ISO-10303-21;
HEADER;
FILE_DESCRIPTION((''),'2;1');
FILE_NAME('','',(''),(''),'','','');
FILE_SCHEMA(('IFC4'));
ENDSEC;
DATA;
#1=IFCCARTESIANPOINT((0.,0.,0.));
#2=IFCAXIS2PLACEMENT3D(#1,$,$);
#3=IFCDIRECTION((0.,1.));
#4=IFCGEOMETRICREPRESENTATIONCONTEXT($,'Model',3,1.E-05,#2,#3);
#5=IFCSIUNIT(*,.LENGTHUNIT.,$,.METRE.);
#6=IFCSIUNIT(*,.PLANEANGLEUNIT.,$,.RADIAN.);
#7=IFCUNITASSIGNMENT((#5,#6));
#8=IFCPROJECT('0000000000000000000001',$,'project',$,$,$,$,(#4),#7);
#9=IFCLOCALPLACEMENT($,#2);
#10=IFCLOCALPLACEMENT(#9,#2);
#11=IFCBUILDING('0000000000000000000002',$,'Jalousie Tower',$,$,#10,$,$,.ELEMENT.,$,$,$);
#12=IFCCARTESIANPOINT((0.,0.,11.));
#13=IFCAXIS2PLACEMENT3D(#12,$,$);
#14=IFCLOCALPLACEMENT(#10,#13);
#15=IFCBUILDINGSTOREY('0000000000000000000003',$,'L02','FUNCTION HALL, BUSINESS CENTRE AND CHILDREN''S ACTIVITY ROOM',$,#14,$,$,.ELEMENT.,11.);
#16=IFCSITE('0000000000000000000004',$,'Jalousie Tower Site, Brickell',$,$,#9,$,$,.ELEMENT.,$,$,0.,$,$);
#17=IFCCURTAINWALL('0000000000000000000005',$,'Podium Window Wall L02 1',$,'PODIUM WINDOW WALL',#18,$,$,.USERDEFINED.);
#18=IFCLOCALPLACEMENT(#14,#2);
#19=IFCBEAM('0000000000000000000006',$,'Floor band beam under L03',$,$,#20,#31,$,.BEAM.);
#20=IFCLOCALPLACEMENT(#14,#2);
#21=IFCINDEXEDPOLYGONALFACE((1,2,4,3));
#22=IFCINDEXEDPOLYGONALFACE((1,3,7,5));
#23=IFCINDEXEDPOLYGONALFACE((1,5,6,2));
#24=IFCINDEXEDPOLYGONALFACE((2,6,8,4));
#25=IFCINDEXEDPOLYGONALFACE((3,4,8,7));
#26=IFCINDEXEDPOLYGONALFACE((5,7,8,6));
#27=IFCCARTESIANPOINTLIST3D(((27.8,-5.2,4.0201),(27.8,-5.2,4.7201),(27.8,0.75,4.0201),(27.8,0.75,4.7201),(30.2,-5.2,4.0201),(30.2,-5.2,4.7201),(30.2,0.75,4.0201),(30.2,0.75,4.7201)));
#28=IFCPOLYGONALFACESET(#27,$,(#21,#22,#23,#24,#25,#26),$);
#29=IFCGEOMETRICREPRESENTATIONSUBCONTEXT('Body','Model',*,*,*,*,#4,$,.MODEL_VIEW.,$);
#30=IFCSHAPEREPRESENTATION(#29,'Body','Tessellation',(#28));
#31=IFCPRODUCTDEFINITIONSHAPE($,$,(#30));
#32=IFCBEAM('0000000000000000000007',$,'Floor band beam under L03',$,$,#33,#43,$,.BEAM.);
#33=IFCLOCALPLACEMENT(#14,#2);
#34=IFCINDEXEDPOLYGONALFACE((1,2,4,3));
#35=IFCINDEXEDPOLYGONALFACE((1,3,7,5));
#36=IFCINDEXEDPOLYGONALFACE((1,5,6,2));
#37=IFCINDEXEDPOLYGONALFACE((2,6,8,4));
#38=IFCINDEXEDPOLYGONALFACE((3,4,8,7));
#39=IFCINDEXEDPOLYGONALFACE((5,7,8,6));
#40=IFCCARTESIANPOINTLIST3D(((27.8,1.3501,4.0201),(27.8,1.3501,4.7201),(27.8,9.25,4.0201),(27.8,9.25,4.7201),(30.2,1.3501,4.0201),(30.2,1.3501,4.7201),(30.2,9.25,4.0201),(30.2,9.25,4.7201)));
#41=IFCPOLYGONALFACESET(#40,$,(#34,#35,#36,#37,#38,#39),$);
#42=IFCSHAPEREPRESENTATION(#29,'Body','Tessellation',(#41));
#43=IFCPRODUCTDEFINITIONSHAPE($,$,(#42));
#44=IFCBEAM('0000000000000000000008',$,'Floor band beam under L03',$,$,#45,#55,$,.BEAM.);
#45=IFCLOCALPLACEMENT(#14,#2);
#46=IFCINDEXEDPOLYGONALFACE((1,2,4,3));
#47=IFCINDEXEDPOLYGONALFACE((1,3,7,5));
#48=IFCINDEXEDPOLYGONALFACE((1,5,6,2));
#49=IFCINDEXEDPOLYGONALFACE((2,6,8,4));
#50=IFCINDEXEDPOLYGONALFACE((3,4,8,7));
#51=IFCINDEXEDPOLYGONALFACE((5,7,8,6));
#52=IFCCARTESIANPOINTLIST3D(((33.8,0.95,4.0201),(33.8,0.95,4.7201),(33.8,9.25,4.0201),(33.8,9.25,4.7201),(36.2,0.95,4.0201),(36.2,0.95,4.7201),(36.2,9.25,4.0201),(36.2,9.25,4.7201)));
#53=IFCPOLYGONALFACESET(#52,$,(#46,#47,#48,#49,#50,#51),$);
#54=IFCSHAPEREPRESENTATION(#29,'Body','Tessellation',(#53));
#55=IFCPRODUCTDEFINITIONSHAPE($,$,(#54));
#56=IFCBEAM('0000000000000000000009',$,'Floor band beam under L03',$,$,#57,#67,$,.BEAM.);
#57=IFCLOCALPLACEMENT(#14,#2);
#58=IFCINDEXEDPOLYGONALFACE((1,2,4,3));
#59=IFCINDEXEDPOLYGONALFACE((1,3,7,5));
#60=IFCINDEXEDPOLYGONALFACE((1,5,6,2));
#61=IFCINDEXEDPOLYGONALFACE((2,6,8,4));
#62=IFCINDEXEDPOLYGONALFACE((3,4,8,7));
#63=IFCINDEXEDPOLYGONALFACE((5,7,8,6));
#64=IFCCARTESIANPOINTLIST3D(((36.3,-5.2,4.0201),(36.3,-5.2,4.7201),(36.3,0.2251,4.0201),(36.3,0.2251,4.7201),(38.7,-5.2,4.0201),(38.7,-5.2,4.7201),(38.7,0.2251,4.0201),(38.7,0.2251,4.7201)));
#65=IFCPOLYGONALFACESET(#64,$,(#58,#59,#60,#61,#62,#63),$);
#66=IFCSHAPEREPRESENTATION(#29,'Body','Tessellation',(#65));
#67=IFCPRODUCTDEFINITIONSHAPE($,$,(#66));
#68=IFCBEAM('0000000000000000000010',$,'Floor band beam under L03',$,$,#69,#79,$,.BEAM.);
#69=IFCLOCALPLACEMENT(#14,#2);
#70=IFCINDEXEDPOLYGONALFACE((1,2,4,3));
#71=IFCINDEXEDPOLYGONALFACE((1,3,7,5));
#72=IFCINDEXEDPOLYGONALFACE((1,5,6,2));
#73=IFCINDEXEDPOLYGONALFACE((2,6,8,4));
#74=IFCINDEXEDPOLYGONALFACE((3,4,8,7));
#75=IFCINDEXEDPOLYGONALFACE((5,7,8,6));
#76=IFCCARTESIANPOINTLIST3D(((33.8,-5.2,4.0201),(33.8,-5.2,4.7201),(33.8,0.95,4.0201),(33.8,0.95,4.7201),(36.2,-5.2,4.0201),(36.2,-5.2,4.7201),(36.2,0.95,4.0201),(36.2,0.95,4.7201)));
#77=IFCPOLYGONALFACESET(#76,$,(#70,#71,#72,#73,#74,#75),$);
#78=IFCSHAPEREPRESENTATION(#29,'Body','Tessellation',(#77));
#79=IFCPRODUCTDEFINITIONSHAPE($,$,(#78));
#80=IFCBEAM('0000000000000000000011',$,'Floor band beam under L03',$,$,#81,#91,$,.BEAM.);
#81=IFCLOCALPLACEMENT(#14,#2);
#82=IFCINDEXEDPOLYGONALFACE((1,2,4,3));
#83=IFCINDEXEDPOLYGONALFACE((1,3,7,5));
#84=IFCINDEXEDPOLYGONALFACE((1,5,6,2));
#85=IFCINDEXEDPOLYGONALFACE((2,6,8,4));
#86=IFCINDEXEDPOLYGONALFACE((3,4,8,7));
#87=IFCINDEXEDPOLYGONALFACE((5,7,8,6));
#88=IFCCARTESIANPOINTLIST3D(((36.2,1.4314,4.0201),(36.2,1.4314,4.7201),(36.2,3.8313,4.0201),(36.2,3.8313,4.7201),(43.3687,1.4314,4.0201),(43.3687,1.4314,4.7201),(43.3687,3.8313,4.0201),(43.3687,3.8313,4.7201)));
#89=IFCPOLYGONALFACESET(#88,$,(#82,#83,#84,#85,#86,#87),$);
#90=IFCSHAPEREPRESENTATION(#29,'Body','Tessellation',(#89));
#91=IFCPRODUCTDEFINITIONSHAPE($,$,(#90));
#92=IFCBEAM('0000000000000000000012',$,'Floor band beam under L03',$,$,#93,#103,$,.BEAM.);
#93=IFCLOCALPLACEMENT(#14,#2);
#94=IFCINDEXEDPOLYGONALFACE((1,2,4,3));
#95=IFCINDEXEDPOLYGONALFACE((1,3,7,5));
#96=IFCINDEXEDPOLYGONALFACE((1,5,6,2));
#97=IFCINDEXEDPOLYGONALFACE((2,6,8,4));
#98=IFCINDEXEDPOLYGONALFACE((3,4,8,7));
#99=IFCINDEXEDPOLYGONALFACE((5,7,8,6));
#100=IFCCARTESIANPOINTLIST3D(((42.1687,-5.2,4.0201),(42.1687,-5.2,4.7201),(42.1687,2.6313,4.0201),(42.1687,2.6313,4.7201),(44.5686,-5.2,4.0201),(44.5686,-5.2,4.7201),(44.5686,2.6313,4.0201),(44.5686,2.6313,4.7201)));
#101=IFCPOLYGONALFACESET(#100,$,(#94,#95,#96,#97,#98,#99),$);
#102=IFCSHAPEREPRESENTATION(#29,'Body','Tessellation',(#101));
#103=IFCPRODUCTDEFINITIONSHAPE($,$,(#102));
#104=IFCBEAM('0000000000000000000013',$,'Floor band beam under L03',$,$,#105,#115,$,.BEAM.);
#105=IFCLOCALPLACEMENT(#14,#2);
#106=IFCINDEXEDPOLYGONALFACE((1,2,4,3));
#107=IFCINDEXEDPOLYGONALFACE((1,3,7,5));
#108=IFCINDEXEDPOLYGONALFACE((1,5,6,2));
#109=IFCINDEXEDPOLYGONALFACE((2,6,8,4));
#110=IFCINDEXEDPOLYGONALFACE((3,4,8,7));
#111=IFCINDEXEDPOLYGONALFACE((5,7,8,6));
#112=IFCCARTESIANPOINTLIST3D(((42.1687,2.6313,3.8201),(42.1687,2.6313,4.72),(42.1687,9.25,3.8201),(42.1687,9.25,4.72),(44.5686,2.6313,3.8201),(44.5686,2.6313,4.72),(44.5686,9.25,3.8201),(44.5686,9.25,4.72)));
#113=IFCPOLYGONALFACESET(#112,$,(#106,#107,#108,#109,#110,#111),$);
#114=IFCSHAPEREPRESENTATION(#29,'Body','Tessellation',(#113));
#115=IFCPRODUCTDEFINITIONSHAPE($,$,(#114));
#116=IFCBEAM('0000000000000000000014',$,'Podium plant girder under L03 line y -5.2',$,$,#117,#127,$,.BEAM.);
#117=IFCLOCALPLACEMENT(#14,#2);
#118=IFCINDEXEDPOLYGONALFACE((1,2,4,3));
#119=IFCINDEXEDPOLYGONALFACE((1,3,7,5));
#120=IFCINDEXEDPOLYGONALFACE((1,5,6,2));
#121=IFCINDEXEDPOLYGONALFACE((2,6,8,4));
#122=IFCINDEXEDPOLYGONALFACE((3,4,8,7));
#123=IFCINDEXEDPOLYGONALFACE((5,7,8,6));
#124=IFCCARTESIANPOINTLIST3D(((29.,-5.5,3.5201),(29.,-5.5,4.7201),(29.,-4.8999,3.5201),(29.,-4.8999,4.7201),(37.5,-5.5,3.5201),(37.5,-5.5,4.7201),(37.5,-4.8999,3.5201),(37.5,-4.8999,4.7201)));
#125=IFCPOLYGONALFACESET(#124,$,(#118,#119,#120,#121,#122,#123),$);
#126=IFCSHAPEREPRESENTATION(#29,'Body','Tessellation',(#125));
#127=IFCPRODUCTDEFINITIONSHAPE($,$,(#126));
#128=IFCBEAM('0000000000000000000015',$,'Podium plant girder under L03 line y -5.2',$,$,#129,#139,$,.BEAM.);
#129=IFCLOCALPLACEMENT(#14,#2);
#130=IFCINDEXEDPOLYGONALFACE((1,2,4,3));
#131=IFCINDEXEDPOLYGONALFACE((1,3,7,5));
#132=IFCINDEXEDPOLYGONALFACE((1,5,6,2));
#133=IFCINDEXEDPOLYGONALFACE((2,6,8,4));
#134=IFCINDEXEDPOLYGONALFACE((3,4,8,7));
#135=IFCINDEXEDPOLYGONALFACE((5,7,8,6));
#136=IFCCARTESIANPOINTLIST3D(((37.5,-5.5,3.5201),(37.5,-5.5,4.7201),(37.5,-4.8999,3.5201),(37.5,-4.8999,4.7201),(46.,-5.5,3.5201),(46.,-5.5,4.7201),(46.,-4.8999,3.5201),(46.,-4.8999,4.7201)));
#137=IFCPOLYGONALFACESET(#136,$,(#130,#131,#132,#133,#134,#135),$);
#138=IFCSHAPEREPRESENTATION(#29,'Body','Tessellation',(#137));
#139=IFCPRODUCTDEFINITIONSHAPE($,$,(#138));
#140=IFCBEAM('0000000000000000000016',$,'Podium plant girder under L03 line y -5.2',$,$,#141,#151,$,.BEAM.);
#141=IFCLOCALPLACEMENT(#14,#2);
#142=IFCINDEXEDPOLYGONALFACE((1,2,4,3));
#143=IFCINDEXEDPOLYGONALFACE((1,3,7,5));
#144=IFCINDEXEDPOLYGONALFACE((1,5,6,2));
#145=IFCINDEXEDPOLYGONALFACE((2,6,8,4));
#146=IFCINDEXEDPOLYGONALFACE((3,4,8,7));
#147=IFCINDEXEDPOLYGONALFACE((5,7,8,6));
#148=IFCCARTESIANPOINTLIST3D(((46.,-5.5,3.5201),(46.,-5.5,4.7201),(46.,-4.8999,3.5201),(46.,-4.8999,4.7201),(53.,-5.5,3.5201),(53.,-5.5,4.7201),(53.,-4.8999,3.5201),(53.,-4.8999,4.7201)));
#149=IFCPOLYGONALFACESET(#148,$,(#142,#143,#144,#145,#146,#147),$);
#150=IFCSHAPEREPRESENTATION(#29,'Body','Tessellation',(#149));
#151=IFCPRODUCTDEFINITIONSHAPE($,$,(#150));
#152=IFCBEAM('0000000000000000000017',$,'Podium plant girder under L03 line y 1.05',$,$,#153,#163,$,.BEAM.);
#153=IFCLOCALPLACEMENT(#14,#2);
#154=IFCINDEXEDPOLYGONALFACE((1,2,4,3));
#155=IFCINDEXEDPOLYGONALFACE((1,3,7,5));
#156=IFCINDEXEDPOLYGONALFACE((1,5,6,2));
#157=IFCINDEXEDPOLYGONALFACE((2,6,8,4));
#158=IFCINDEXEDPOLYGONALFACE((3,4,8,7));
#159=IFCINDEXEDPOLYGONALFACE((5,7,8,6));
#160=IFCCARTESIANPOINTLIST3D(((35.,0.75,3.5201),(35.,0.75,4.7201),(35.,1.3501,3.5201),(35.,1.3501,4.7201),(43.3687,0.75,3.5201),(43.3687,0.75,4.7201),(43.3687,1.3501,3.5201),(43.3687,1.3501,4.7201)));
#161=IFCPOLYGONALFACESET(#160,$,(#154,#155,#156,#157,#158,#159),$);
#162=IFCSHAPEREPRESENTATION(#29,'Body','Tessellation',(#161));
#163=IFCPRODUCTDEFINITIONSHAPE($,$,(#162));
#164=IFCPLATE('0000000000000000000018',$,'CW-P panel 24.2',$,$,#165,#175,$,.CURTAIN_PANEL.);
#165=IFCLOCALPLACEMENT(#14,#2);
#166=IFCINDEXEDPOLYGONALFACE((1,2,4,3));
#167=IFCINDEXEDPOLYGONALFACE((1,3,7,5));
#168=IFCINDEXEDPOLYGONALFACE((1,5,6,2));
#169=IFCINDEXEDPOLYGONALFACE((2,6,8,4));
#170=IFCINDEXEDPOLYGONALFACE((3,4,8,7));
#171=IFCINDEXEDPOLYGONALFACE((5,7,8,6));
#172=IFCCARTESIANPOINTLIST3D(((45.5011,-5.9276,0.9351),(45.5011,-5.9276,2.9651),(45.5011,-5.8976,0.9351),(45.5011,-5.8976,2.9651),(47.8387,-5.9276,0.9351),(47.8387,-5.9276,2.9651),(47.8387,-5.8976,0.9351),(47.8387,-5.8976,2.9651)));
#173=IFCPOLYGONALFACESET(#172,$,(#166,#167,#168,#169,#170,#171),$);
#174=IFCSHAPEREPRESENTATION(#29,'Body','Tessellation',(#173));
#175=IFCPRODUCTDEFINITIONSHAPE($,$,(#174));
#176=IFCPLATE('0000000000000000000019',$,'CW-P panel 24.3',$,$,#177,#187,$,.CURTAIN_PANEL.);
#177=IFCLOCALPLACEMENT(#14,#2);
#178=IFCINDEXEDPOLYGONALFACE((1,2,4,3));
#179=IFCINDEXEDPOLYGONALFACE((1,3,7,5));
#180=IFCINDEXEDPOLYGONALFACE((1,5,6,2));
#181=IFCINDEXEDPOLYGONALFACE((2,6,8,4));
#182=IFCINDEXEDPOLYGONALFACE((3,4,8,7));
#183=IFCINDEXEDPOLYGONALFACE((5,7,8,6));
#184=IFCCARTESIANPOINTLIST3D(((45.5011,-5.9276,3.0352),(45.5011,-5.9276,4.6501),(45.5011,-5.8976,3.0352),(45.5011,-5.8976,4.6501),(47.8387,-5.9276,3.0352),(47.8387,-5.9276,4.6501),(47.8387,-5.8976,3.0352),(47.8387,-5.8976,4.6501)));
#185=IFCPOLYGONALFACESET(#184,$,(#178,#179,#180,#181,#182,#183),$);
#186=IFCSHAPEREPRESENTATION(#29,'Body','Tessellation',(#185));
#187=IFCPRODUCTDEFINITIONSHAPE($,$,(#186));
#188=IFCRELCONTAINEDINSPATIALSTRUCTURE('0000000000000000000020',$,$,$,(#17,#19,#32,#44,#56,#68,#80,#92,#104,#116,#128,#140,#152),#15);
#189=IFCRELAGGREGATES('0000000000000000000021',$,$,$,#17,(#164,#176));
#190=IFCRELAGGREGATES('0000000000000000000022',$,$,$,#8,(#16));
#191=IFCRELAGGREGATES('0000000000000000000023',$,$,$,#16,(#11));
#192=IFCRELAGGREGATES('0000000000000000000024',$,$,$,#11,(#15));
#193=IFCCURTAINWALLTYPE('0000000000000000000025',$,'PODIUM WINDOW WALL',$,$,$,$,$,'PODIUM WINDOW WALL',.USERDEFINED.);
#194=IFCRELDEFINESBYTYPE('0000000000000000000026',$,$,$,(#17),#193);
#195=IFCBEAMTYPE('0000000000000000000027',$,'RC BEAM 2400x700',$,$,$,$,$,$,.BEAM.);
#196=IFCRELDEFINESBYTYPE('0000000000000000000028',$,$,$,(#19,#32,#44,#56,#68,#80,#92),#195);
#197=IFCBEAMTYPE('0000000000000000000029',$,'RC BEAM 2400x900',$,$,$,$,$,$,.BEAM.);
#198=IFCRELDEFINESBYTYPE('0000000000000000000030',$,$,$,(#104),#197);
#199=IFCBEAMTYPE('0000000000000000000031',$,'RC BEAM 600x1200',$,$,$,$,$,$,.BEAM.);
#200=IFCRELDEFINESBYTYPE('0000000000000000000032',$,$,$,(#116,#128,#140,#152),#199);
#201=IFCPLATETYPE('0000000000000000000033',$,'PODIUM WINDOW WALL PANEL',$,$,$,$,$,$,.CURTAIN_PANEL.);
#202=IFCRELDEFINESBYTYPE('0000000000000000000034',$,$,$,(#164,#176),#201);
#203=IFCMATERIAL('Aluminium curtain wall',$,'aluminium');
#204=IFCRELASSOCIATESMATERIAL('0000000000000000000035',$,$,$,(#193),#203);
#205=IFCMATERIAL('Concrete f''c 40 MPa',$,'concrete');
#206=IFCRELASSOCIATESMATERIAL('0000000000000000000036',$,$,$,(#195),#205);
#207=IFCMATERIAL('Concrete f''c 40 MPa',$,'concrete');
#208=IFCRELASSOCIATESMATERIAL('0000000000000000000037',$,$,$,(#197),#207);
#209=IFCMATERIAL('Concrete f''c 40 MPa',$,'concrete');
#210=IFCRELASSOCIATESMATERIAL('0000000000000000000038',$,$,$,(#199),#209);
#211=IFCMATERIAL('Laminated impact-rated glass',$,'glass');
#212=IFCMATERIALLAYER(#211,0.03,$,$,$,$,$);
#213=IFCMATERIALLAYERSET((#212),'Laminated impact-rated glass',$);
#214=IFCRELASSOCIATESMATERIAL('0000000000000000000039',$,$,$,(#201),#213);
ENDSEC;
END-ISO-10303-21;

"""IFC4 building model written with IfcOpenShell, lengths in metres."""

from ifc_helpers import new_model, si_unit, direction, frame, origin, origin_2d, place, context, subcontext, project, spatial, rectangle, extrude, material, layer, layer_set, material_profile, profile_set, type_object, element, aggregate, save


model = new_model("IFC4")

# Units and contexts
model_context = context("Model", 3, precision=1e-05, world=origin(), true_north=direction((0.0, 1.0)))
body_context = subcontext(model_context, "Body", "Model", "MODEL_VIEW")
ifc_project = project(units=[si_unit("LENGTHUNIT", "METRE"), si_unit("PLANEANGLEUNIT", "RADIAN")], contexts=[model_context])

# Site, building, storey
site_placement = place(None, origin())
site = spatial("IfcSite", under=ifc_project, at=site_placement, Name="Jalousie Tower Site, Brickell", CompositionType="ELEMENT", RefElevation=0.0)
building_placement = place(site_placement, origin())
building = spatial("IfcBuilding", under=site, at=building_placement, Name="Jalousie Tower", CompositionType="ELEMENT")
storey_placement = place(building_placement, frame((0.0, 0.0, 11.0)))
storey = spatial("IfcBuildingStorey", under=building, at=storey_placement, Name="L02", Description="FUNCTION HALL, BUSINESS CENTRE AND CHILDREN'S ACTIVITY ROOM", CompositionType="ELEMENT", Elevation=11.0)

# Curtain wall
ifc_material_1 = material(Name="Aluminium curtain wall", Category="aluminium")
curtain_wall_type = type_object("IfcCurtainWallType", Name="PODIUM WINDOW WALL", ElementType="PODIUM WINDOW WALL", PredefinedType="USERDEFINED", material=ifc_material_1)
curtain_wall_placement = place(storey_placement, origin())
curtain_wall = element("IfcCurtainWall", 1, at=curtain_wall_placement, inside=storey, type_object=curtain_wall_type, Name="Podium Window Wall L02 1", ObjectType="PODIUM WINDOW WALL", PredefinedType="USERDEFINED")

# Beams
ifc_material_2 = material(Name="Concrete f'c 40 MPa", Category="concrete")
ifc_material_profile_1 = material_profile(ifc_material_2, rectangle(XDim=2.3999, YDim=0.7, at=origin_2d()), Name="RC 2400x700")
ifc_profile_set_1 = profile_set([ifc_material_profile_1], Name="Concrete f'c 40 MPa")
beam_type_1 = type_object("IfcBeamType", Name="RC BEAM 2400x700", PredefinedType="BEAM", material=ifc_profile_set_1)
beam_1_placement = place(storey_placement, frame((29.0, -5.2, 4.3701), z_axis=(0.0, 1.0, 0.0), x_axis=(-1.0, 0.0, 0.0)))
element("IfcBeam", 2, at=beam_1_placement, inside=storey, type_object=beam_type_1, Name="Floor band beam under L03", PredefinedType="BEAM", context=body_context, shape_type="SweptSolid", body=[
    extrude(rectangle(XDim=2.3999, YDim=0.7, at=origin_2d()), origin(), (0.0, 0.0, 1.0), 5.95),
])
beam_2_placement = place(storey_placement, frame((29.0, 1.3501, 4.3701), z_axis=(0.0, 1.0, 0.0), x_axis=(-1.0, 0.0, 0.0)))
element("IfcBeam", 3, at=beam_2_placement, inside=storey, type_object=beam_type_1, Name="Floor band beam under L03", PredefinedType="BEAM", context=body_context, shape_type="SweptSolid", body=[
    extrude(rectangle(XDim=2.3999, YDim=0.7, at=origin_2d()), origin(), (0.0, 0.0, 1.0), 7.8999),
])
beam_3_placement = place(storey_placement, frame((35.0, 0.95, 4.3701), z_axis=(0.0, 1.0, 0.0), x_axis=(-1.0, 0.0, 0.0)))
element("IfcBeam", 4, at=beam_3_placement, inside=storey, type_object=beam_type_1, Name="Floor band beam under L03", PredefinedType="BEAM", context=body_context, shape_type="SweptSolid", body=[
    extrude(rectangle(XDim=2.3999, YDim=0.7, at=origin_2d()), origin(), (0.0, 0.0, 1.0), 8.3),
])
beam_4_placement = place(storey_placement, frame((37.5, -5.2, 4.3701), z_axis=(0.0, 1.0, 0.0), x_axis=(-1.0, 0.0, 0.0)))
element("IfcBeam", 5, at=beam_4_placement, inside=storey, type_object=beam_type_1, Name="Floor band beam under L03", PredefinedType="BEAM", context=body_context, shape_type="SweptSolid", body=[
    extrude(rectangle(XDim=2.3999, YDim=0.7, at=origin_2d()), origin(), (0.0, 0.0, 1.0), 5.425),
])
beam_5_placement = place(storey_placement, frame((35.0, 0.95, 4.3701), z_axis=(0.0, -1.0, 0.0), x_axis=(1.0, 0.0, 0.0)))
element("IfcBeam", 6, at=beam_5_placement, inside=storey, type_object=beam_type_1, Name="Floor band beam under L03", PredefinedType="BEAM", context=body_context, shape_type="SweptSolid", body=[
    extrude(rectangle(XDim=2.3999, YDim=0.7, at=origin_2d()), origin(), (0.0, 0.0, 1.0), 6.1499),
])
beam_6_placement = place(storey_placement, frame((43.3687, 2.6313, 4.3701), z_axis=(-1.0, 0.0, 0.0), x_axis=(0.0, -1.0, 0.0)))
element("IfcBeam", 7, at=beam_6_placement, inside=storey, type_object=beam_type_1, Name="Floor band beam under L03", PredefinedType="BEAM", context=body_context, shape_type="SweptSolid", body=[
    extrude(rectangle(XDim=2.3999, YDim=0.7, at=origin_2d()), origin(), (0.0, 0.0, 1.0), 7.1687),
])
beam_7_placement = place(storey_placement, frame((43.3687, 2.6313, 4.3701), z_axis=(0.0, -1.0, 0.0), x_axis=(1.0, 0.0, 0.0)))
element("IfcBeam", 8, at=beam_7_placement, inside=storey, type_object=beam_type_1, Name="Floor band beam under L03", PredefinedType="BEAM", context=body_context, shape_type="SweptSolid", body=[
    extrude(rectangle(XDim=2.3999, YDim=0.7, at=origin_2d()), origin(), (0.0, 0.0, 1.0), 7.8313),
])
ifc_material_3 = material(Name="Concrete f'c 40 MPa", Category="concrete")
ifc_material_profile_2 = material_profile(ifc_material_3, rectangle(XDim=2.3999, YDim=0.8999, at=origin_2d()), Name="RC 2400x900")
ifc_profile_set_2 = profile_set([ifc_material_profile_2], Name="Concrete f'c 40 MPa")
beam_type_2 = type_object("IfcBeamType", Name="RC BEAM 2400x900", PredefinedType="BEAM", material=ifc_profile_set_2)
beam_8_placement = place(storey_placement, frame((43.3687, 2.6313, 4.27), z_axis=(0.0, 1.0, 0.0), x_axis=(-1.0, 0.0, 0.0)))
element("IfcBeam", 9, at=beam_8_placement, inside=storey, type_object=beam_type_2, Name="Floor band beam under L03", PredefinedType="BEAM", context=body_context, shape_type="SweptSolid", body=[
    extrude(rectangle(XDim=2.3999, YDim=0.8999, at=origin_2d()), origin(), (0.0, 0.0, 1.0), 6.6187),
])
ifc_material_4 = material(Name="Concrete f'c 40 MPa", Category="concrete")
ifc_material_profile_3 = material_profile(ifc_material_4, rectangle(XDim=0.6001, YDim=1.2, at=origin_2d()), Name="RC 600x1200")
ifc_profile_set_3 = profile_set([ifc_material_profile_3], Name="Concrete f'c 40 MPa")
beam_type_3 = type_object("IfcBeamType", Name="RC BEAM 600x1200", PredefinedType="BEAM", material=ifc_profile_set_3)
for number, where, z_axis, x_axis, name in (
    (10, (29.0, -5.2, 4.1201), (1.0, 0.0, 0.0), (0.0, 1.0, 0.0), "Podium plant girder under L03 line y -5.2"),
    (11, (37.5, -5.2, 4.1201), (1.0, 0.0, 0.0), (0.0, 1.0, 0.0), "Podium plant girder under L03 line y -5.2"),
):
    element("IfcBeam", number, at=place(storey_placement, frame(where, z_axis=z_axis, x_axis=x_axis)), inside=storey, type_object=beam_type_3, Name=name, PredefinedType="BEAM", context=body_context, shape_type="SweptSolid", body=[
        extrude(rectangle(XDim=0.6001, YDim=1.2, at=origin_2d()), origin(), (0.0, 0.0, 1.0), 8.5),
    ])
beam_9_placement = place(storey_placement, frame((46.0, -5.2, 4.1201), z_axis=(1.0, 0.0, 0.0), x_axis=(0.0, 1.0, 0.0)))
element("IfcBeam", 12, at=beam_9_placement, inside=storey, type_object=beam_type_3, Name="Podium plant girder under L03 line y -5.2", PredefinedType="BEAM", context=body_context, shape_type="SweptSolid", body=[
    extrude(rectangle(XDim=0.6001, YDim=1.2, at=origin_2d()), origin(), (0.0, 0.0, 1.0), 7.0),
])
beam_10_placement = place(storey_placement, frame((35.0, 1.05, 4.1201), z_axis=(1.0, 0.0, 0.0), x_axis=(0.0, 1.0, 0.0)))
element("IfcBeam", 13, at=beam_10_placement, inside=storey, type_object=beam_type_3, Name="Podium plant girder under L03 line y 1.05", PredefinedType="BEAM", context=body_context, shape_type="SweptSolid", body=[
    extrude(rectangle(XDim=0.6001, YDim=1.2, at=origin_2d()), origin(), (0.0, 0.0, 1.0), 8.3687),
])

# Plates
ifc_material_5 = material(Name="Laminated impact-rated glass", Category="glass")
ifc_layer_1 = layer(ifc_material_5, 0.03)
ifc_layer_set_1 = layer_set([ifc_layer_1], Name="Laminated impact-rated glass")
plate_type = type_object("IfcPlateType", Name="PODIUM WINDOW WALL PANEL", PredefinedType="CURTAIN_PANEL", material=ifc_layer_set_1)
plate_1_placement = place(storey_placement, frame((46.6699, -5.9126, 0.9351), z_axis=(0.0, 0.0, 1.0), x_axis=(1.0, 0.0, 0.0)))
plate_1 = element("IfcPlate", 14, at=plate_1_placement, type_object=plate_type, Name="CW-P panel 24.2", PredefinedType="CURTAIN_PANEL", context=body_context, shape_type="SweptSolid", body=[
    extrude(rectangle(XDim=2.3376, YDim=0.03, at=origin_2d()), origin(), (0.0, 0.0, 1.0), 2.03),
])
plate_2_placement = place(storey_placement, frame((46.6699, -5.9126, 3.0352), z_axis=(0.0, 0.0, 1.0), x_axis=(1.0, 0.0, 0.0)))
plate_2 = element("IfcPlate", 15, at=plate_2_placement, type_object=plate_type, Name="CW-P panel 24.3", PredefinedType="CURTAIN_PANEL", context=body_context, shape_type="SweptSolid", body=[
    extrude(rectangle(XDim=2.3376, YDim=0.03, at=origin_2d()), origin(), (0.0, 0.0, 1.0), 1.615),
])
aggregate(curtain_wall, [plate_1, plate_2])

save(model, "model.ifc")
